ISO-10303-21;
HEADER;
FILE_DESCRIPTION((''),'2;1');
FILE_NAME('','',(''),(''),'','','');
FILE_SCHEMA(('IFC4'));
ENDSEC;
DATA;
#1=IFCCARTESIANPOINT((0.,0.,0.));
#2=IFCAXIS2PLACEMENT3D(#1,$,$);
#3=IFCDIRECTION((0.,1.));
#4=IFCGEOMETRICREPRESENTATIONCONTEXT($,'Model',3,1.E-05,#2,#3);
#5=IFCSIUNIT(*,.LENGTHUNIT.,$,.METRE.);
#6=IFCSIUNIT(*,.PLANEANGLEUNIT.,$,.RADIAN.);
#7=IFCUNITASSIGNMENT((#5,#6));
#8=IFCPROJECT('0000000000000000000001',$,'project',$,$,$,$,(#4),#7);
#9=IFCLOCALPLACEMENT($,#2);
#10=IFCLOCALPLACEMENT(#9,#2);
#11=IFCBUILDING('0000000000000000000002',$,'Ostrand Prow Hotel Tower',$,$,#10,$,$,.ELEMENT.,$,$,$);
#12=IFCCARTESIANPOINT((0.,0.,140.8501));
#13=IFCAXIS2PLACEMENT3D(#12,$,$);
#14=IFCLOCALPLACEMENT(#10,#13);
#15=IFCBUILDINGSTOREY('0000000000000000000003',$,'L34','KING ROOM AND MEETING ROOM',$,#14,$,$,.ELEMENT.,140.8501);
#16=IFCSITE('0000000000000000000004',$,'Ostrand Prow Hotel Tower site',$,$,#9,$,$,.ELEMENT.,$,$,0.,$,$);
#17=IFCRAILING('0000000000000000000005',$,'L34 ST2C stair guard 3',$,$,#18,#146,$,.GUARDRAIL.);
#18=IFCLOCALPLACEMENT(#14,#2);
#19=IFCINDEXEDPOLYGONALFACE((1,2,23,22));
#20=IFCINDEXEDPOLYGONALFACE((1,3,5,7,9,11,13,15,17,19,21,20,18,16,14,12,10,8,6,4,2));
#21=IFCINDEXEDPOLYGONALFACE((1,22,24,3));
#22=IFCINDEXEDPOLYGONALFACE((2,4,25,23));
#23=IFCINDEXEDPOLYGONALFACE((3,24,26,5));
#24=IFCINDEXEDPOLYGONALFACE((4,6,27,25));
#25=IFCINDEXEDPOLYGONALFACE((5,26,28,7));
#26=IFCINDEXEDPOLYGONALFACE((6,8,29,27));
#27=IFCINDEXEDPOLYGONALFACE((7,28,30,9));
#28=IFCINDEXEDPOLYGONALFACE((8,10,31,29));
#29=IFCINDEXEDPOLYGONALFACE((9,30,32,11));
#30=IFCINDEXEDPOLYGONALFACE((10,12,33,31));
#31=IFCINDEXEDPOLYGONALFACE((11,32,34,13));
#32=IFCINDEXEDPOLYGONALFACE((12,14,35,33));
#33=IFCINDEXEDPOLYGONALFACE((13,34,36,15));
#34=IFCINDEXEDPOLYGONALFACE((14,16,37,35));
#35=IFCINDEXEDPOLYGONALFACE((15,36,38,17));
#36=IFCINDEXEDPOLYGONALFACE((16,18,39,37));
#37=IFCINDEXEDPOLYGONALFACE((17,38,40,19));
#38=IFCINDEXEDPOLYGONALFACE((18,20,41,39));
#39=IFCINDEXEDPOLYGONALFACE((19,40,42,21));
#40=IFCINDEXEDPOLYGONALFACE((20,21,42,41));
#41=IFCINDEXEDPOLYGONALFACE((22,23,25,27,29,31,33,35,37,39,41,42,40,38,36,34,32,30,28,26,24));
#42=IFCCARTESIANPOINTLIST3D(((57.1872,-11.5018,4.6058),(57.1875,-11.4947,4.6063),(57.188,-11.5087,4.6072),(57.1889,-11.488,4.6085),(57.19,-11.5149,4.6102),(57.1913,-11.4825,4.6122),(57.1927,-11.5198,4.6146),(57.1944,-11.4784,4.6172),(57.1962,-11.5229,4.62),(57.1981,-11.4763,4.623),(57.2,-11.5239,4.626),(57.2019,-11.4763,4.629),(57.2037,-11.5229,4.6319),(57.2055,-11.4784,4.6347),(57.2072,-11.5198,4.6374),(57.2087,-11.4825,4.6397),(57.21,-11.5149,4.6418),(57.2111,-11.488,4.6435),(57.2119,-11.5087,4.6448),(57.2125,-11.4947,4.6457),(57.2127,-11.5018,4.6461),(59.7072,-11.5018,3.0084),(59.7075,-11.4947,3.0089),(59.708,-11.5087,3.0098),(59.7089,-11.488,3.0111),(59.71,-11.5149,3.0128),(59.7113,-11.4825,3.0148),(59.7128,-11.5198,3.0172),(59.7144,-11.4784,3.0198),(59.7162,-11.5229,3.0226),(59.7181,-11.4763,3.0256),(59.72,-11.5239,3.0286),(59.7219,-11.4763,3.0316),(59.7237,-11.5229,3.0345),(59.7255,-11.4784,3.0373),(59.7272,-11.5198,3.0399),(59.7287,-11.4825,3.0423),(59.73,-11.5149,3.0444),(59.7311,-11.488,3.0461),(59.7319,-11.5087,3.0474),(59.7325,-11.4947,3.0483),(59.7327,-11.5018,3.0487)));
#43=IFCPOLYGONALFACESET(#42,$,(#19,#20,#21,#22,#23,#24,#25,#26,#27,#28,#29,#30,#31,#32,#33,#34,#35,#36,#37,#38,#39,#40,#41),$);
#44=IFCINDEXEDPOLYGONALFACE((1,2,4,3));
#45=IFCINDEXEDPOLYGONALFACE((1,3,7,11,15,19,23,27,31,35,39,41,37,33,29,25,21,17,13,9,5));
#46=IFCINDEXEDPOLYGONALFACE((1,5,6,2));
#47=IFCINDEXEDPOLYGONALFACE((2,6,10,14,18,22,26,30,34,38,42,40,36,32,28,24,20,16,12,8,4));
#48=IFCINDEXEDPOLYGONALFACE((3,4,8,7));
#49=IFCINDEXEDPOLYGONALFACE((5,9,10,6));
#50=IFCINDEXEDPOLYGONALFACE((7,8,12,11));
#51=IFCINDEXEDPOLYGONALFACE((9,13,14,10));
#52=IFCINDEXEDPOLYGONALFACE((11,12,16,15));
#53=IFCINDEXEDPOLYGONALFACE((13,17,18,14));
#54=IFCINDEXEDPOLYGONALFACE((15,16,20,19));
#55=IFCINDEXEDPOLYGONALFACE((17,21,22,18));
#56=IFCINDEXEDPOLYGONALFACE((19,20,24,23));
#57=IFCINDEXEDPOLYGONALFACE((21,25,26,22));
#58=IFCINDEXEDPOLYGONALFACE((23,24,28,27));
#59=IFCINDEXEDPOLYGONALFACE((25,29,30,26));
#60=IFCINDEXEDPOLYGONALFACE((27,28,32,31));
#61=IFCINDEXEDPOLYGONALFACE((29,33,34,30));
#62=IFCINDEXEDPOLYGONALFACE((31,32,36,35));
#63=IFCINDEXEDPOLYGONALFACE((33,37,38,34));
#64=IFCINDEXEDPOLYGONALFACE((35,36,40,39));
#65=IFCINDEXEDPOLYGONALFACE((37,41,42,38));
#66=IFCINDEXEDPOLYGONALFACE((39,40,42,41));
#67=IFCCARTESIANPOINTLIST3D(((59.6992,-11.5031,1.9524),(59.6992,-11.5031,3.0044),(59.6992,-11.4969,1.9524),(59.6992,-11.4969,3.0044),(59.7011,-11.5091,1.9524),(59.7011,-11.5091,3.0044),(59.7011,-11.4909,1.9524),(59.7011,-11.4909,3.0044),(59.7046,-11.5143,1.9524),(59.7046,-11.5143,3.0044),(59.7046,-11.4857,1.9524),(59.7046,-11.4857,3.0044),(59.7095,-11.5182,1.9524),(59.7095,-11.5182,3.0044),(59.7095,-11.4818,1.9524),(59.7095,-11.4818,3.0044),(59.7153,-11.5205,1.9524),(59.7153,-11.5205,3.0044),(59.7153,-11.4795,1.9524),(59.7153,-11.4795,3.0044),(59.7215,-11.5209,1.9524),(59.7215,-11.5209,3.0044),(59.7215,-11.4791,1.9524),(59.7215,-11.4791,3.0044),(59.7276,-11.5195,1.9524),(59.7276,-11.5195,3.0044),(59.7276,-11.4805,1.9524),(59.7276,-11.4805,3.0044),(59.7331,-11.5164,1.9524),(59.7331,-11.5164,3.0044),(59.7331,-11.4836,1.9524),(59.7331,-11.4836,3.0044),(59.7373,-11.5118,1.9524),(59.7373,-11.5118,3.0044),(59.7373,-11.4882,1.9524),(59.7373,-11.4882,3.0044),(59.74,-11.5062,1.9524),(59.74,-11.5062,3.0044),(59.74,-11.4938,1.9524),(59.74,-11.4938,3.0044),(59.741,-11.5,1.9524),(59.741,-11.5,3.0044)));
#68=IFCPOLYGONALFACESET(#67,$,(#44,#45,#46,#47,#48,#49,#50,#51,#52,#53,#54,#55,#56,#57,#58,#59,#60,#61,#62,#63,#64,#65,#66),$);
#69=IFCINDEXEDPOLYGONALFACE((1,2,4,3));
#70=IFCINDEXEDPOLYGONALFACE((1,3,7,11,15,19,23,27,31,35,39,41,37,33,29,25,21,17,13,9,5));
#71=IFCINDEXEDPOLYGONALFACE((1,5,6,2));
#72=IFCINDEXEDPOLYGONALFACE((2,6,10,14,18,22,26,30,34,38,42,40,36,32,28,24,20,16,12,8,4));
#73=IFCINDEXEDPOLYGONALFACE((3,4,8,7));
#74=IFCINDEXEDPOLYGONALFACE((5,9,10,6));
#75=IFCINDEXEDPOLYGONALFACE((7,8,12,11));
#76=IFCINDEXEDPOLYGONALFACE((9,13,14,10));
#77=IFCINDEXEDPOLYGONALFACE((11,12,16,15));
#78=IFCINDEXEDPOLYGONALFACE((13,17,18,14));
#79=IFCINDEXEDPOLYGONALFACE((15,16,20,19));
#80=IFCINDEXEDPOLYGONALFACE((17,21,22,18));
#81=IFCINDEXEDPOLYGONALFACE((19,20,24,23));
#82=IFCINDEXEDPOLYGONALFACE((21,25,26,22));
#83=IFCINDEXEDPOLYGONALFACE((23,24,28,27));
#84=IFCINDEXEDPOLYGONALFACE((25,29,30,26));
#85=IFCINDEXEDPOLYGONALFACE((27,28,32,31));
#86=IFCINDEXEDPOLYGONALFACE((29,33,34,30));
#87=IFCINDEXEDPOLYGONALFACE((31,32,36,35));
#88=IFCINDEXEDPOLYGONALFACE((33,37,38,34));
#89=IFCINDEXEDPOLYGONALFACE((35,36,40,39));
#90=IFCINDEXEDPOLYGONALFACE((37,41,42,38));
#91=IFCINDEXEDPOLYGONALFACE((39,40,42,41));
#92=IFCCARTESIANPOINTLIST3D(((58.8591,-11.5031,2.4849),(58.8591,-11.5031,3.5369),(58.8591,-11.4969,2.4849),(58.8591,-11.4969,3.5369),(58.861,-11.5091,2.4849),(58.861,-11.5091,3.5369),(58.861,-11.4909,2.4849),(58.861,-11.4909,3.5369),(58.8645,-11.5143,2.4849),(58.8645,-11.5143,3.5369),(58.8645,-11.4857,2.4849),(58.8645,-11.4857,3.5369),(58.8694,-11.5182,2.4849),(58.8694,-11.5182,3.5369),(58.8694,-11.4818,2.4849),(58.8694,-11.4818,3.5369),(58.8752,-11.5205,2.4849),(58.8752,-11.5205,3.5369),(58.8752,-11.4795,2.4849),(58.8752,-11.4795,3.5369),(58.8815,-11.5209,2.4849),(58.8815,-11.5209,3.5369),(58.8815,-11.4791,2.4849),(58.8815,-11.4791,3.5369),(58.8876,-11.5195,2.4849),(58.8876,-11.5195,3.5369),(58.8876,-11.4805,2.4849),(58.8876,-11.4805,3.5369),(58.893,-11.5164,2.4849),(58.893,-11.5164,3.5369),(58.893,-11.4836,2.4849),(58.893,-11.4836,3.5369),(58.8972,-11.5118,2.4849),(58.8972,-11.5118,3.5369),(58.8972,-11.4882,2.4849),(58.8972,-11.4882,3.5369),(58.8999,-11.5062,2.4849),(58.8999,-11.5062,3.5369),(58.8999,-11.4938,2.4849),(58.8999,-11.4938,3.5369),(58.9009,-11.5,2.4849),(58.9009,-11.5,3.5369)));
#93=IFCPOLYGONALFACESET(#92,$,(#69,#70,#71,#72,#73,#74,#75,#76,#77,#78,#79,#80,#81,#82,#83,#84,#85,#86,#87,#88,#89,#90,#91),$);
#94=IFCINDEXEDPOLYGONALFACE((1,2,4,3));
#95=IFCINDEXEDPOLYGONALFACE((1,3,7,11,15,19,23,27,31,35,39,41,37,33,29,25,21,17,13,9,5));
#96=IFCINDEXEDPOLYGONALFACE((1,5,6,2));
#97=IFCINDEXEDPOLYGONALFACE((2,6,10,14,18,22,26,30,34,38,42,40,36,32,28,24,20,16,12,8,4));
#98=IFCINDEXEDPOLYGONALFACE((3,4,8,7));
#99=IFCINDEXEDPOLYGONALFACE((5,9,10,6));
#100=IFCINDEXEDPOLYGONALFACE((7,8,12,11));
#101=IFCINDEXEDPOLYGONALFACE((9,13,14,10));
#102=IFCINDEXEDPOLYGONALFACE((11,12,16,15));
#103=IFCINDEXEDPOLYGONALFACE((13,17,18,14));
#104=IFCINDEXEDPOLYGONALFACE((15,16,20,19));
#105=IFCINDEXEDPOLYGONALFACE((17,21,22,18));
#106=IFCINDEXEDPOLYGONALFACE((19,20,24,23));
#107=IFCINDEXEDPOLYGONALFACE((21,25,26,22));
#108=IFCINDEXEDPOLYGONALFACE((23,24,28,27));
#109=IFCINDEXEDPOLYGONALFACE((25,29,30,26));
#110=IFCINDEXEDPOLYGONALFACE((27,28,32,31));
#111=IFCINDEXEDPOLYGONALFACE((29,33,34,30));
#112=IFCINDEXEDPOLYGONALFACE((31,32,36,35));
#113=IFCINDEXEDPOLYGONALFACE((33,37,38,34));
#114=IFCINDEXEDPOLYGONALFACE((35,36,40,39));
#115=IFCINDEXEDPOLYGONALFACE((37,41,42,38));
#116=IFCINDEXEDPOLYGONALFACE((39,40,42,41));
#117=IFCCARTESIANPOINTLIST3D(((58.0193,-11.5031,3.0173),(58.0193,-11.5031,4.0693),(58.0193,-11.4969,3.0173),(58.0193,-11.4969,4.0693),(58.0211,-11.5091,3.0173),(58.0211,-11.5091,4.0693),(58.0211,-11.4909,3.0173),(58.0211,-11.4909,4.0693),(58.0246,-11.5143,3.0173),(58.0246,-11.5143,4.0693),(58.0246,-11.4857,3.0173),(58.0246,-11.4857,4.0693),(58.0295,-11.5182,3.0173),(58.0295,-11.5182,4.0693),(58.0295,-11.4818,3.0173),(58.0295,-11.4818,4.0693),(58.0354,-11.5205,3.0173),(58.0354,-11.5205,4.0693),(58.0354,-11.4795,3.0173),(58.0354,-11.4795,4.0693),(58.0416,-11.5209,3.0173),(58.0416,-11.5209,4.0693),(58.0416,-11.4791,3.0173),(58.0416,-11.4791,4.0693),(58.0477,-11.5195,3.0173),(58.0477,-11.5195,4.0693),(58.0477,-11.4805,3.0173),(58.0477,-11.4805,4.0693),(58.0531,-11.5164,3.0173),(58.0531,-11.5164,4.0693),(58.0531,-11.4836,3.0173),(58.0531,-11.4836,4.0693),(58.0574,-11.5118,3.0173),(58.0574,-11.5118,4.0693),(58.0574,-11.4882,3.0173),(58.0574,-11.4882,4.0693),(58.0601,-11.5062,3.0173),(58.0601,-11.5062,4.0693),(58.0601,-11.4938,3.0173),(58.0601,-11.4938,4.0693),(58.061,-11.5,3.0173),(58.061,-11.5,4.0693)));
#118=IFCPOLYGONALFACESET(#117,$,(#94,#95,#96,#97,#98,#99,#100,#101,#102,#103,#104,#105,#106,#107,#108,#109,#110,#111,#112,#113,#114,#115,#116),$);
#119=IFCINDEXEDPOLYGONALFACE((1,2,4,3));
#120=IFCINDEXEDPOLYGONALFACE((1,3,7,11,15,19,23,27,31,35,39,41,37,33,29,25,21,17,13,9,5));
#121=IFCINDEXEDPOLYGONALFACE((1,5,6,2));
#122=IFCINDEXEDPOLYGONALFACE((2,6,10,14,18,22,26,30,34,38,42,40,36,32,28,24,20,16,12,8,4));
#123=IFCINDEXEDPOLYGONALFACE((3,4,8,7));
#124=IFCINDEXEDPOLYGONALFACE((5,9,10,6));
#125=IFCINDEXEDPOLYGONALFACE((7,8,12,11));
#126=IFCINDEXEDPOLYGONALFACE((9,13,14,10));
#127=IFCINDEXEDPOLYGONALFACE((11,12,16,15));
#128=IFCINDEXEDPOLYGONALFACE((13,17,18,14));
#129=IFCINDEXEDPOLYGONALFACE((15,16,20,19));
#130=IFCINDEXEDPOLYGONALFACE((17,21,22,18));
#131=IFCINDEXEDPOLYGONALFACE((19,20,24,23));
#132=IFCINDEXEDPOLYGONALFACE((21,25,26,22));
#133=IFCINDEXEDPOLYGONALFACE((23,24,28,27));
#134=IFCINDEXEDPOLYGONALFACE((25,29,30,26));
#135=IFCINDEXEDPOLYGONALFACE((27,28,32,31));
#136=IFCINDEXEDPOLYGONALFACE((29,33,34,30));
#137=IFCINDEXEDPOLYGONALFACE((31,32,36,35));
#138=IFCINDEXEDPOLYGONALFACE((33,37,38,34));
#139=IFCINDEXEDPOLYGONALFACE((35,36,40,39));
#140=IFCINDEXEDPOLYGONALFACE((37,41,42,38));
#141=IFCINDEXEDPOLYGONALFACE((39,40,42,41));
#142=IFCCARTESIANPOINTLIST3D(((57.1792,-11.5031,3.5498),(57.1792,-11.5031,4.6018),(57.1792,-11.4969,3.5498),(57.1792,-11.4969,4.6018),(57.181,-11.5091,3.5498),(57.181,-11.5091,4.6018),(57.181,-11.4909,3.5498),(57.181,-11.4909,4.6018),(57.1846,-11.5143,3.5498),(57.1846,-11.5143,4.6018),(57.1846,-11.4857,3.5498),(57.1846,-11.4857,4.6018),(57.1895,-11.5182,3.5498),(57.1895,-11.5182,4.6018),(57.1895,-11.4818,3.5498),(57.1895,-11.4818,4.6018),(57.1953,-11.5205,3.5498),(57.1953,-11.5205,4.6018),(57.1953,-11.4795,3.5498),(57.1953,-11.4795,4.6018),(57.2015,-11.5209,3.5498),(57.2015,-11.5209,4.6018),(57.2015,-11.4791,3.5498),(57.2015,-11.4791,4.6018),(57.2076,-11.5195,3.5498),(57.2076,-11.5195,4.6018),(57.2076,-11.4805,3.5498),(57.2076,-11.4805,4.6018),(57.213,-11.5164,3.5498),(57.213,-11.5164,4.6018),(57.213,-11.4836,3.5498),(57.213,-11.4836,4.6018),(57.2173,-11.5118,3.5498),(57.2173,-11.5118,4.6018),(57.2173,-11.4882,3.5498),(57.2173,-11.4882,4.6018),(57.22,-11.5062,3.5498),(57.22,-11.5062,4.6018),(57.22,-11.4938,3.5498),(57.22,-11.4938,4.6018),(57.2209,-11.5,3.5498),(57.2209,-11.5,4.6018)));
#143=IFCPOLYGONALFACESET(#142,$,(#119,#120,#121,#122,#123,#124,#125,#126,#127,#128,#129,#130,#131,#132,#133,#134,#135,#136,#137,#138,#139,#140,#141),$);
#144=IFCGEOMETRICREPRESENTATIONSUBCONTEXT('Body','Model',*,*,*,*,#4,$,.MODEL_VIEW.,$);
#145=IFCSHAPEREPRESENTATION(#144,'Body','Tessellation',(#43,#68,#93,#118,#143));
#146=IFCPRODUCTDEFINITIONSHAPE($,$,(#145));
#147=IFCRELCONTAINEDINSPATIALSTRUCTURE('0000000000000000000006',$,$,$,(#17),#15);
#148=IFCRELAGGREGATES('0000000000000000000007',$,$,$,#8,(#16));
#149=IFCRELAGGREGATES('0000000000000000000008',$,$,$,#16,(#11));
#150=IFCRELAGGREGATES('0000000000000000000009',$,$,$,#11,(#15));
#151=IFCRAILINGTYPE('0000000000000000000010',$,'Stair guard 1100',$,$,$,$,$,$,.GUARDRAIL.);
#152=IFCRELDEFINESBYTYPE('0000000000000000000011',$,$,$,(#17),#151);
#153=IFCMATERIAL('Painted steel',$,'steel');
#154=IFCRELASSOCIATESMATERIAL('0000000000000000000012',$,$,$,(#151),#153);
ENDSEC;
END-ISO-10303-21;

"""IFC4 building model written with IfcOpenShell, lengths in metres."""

from ifc_helpers import new_model, si_unit, direction, frame, origin, origin_2d, place, context, subcontext, project, spatial, circle, extrude, material, type_object, element, save


model = new_model("IFC4")

# Units and contexts
model_context = context("Model", 3, precision=1e-05, world=origin(), true_north=direction((0.0, 1.0)))
body_context = subcontext(model_context, "Body", "Model", "MODEL_VIEW")
ifc_project = project(units=[si_unit("LENGTHUNIT", "METRE"), si_unit("PLANEANGLEUNIT", "RADIAN")], contexts=[model_context])

# Site, building, storey
site_placement = place(None, origin())
site = spatial("IfcSite", under=ifc_project, at=site_placement, Name="Ostrand Prow Hotel Tower site", CompositionType="ELEMENT", RefElevation=0.0)
building_placement = place(site_placement, origin())
building = spatial("IfcBuilding", under=site, at=building_placement, Name="Ostrand Prow Hotel Tower", CompositionType="ELEMENT")
storey_placement = place(building_placement, frame((0.0, 0.0, 140.8501)))
storey = spatial("IfcBuildingStorey", under=building, at=storey_placement, Name="L34", Description="KING ROOM AND MEETING ROOM", CompositionType="ELEMENT", Elevation=140.8501)

# Railing
ifc_material_1 = material(Name="Painted steel", Category="steel")
railing_type_1 = type_object("IfcRailingType", Name="Stair guard 1100", PredefinedType="GUARDRAIL", material=ifc_material_1)
railing_1_placement = place(storey_placement, frame((59.72, -11.5, 1.9524)))
element("IfcRailing", 1, at=railing_1_placement, inside=storey, type_object=railing_type_1, Name="L34 ST2C stair guard 3", PredefinedType="GUARDRAIL", context=body_context, shape_type="SweptSolid", body=[
    extrude(circle(Radius=0.0239, at=origin_2d()), frame((0.0, 0.0, 1.0762), z_axis=(-0.844607, 0.0, 0.535387), x_axis=(0.0, -1.0, 0.0)), (0.0, 0.0, 1.0), 2.9836),
    extrude(circle(Radius=0.021, at=origin_2d()), origin(), (0.0, 0.0, 1.0), 1.052),
    extrude(circle(Radius=0.021, at=origin_2d()), frame((-0.8401, 0.0, 0.5325)), (0.0, 0.0, 1.0), 1.052),
    extrude(circle(Radius=0.021, at=origin_2d()), frame((-1.6799, 0.0, 1.0649)), (0.0, 0.0, 1.0), 1.052),
    extrude(circle(Radius=0.021, at=origin_2d()), frame((-2.52, 0.0, 1.5974)), (0.0, 0.0, 1.0), 1.052),
])

save(model, "model.ifc")
